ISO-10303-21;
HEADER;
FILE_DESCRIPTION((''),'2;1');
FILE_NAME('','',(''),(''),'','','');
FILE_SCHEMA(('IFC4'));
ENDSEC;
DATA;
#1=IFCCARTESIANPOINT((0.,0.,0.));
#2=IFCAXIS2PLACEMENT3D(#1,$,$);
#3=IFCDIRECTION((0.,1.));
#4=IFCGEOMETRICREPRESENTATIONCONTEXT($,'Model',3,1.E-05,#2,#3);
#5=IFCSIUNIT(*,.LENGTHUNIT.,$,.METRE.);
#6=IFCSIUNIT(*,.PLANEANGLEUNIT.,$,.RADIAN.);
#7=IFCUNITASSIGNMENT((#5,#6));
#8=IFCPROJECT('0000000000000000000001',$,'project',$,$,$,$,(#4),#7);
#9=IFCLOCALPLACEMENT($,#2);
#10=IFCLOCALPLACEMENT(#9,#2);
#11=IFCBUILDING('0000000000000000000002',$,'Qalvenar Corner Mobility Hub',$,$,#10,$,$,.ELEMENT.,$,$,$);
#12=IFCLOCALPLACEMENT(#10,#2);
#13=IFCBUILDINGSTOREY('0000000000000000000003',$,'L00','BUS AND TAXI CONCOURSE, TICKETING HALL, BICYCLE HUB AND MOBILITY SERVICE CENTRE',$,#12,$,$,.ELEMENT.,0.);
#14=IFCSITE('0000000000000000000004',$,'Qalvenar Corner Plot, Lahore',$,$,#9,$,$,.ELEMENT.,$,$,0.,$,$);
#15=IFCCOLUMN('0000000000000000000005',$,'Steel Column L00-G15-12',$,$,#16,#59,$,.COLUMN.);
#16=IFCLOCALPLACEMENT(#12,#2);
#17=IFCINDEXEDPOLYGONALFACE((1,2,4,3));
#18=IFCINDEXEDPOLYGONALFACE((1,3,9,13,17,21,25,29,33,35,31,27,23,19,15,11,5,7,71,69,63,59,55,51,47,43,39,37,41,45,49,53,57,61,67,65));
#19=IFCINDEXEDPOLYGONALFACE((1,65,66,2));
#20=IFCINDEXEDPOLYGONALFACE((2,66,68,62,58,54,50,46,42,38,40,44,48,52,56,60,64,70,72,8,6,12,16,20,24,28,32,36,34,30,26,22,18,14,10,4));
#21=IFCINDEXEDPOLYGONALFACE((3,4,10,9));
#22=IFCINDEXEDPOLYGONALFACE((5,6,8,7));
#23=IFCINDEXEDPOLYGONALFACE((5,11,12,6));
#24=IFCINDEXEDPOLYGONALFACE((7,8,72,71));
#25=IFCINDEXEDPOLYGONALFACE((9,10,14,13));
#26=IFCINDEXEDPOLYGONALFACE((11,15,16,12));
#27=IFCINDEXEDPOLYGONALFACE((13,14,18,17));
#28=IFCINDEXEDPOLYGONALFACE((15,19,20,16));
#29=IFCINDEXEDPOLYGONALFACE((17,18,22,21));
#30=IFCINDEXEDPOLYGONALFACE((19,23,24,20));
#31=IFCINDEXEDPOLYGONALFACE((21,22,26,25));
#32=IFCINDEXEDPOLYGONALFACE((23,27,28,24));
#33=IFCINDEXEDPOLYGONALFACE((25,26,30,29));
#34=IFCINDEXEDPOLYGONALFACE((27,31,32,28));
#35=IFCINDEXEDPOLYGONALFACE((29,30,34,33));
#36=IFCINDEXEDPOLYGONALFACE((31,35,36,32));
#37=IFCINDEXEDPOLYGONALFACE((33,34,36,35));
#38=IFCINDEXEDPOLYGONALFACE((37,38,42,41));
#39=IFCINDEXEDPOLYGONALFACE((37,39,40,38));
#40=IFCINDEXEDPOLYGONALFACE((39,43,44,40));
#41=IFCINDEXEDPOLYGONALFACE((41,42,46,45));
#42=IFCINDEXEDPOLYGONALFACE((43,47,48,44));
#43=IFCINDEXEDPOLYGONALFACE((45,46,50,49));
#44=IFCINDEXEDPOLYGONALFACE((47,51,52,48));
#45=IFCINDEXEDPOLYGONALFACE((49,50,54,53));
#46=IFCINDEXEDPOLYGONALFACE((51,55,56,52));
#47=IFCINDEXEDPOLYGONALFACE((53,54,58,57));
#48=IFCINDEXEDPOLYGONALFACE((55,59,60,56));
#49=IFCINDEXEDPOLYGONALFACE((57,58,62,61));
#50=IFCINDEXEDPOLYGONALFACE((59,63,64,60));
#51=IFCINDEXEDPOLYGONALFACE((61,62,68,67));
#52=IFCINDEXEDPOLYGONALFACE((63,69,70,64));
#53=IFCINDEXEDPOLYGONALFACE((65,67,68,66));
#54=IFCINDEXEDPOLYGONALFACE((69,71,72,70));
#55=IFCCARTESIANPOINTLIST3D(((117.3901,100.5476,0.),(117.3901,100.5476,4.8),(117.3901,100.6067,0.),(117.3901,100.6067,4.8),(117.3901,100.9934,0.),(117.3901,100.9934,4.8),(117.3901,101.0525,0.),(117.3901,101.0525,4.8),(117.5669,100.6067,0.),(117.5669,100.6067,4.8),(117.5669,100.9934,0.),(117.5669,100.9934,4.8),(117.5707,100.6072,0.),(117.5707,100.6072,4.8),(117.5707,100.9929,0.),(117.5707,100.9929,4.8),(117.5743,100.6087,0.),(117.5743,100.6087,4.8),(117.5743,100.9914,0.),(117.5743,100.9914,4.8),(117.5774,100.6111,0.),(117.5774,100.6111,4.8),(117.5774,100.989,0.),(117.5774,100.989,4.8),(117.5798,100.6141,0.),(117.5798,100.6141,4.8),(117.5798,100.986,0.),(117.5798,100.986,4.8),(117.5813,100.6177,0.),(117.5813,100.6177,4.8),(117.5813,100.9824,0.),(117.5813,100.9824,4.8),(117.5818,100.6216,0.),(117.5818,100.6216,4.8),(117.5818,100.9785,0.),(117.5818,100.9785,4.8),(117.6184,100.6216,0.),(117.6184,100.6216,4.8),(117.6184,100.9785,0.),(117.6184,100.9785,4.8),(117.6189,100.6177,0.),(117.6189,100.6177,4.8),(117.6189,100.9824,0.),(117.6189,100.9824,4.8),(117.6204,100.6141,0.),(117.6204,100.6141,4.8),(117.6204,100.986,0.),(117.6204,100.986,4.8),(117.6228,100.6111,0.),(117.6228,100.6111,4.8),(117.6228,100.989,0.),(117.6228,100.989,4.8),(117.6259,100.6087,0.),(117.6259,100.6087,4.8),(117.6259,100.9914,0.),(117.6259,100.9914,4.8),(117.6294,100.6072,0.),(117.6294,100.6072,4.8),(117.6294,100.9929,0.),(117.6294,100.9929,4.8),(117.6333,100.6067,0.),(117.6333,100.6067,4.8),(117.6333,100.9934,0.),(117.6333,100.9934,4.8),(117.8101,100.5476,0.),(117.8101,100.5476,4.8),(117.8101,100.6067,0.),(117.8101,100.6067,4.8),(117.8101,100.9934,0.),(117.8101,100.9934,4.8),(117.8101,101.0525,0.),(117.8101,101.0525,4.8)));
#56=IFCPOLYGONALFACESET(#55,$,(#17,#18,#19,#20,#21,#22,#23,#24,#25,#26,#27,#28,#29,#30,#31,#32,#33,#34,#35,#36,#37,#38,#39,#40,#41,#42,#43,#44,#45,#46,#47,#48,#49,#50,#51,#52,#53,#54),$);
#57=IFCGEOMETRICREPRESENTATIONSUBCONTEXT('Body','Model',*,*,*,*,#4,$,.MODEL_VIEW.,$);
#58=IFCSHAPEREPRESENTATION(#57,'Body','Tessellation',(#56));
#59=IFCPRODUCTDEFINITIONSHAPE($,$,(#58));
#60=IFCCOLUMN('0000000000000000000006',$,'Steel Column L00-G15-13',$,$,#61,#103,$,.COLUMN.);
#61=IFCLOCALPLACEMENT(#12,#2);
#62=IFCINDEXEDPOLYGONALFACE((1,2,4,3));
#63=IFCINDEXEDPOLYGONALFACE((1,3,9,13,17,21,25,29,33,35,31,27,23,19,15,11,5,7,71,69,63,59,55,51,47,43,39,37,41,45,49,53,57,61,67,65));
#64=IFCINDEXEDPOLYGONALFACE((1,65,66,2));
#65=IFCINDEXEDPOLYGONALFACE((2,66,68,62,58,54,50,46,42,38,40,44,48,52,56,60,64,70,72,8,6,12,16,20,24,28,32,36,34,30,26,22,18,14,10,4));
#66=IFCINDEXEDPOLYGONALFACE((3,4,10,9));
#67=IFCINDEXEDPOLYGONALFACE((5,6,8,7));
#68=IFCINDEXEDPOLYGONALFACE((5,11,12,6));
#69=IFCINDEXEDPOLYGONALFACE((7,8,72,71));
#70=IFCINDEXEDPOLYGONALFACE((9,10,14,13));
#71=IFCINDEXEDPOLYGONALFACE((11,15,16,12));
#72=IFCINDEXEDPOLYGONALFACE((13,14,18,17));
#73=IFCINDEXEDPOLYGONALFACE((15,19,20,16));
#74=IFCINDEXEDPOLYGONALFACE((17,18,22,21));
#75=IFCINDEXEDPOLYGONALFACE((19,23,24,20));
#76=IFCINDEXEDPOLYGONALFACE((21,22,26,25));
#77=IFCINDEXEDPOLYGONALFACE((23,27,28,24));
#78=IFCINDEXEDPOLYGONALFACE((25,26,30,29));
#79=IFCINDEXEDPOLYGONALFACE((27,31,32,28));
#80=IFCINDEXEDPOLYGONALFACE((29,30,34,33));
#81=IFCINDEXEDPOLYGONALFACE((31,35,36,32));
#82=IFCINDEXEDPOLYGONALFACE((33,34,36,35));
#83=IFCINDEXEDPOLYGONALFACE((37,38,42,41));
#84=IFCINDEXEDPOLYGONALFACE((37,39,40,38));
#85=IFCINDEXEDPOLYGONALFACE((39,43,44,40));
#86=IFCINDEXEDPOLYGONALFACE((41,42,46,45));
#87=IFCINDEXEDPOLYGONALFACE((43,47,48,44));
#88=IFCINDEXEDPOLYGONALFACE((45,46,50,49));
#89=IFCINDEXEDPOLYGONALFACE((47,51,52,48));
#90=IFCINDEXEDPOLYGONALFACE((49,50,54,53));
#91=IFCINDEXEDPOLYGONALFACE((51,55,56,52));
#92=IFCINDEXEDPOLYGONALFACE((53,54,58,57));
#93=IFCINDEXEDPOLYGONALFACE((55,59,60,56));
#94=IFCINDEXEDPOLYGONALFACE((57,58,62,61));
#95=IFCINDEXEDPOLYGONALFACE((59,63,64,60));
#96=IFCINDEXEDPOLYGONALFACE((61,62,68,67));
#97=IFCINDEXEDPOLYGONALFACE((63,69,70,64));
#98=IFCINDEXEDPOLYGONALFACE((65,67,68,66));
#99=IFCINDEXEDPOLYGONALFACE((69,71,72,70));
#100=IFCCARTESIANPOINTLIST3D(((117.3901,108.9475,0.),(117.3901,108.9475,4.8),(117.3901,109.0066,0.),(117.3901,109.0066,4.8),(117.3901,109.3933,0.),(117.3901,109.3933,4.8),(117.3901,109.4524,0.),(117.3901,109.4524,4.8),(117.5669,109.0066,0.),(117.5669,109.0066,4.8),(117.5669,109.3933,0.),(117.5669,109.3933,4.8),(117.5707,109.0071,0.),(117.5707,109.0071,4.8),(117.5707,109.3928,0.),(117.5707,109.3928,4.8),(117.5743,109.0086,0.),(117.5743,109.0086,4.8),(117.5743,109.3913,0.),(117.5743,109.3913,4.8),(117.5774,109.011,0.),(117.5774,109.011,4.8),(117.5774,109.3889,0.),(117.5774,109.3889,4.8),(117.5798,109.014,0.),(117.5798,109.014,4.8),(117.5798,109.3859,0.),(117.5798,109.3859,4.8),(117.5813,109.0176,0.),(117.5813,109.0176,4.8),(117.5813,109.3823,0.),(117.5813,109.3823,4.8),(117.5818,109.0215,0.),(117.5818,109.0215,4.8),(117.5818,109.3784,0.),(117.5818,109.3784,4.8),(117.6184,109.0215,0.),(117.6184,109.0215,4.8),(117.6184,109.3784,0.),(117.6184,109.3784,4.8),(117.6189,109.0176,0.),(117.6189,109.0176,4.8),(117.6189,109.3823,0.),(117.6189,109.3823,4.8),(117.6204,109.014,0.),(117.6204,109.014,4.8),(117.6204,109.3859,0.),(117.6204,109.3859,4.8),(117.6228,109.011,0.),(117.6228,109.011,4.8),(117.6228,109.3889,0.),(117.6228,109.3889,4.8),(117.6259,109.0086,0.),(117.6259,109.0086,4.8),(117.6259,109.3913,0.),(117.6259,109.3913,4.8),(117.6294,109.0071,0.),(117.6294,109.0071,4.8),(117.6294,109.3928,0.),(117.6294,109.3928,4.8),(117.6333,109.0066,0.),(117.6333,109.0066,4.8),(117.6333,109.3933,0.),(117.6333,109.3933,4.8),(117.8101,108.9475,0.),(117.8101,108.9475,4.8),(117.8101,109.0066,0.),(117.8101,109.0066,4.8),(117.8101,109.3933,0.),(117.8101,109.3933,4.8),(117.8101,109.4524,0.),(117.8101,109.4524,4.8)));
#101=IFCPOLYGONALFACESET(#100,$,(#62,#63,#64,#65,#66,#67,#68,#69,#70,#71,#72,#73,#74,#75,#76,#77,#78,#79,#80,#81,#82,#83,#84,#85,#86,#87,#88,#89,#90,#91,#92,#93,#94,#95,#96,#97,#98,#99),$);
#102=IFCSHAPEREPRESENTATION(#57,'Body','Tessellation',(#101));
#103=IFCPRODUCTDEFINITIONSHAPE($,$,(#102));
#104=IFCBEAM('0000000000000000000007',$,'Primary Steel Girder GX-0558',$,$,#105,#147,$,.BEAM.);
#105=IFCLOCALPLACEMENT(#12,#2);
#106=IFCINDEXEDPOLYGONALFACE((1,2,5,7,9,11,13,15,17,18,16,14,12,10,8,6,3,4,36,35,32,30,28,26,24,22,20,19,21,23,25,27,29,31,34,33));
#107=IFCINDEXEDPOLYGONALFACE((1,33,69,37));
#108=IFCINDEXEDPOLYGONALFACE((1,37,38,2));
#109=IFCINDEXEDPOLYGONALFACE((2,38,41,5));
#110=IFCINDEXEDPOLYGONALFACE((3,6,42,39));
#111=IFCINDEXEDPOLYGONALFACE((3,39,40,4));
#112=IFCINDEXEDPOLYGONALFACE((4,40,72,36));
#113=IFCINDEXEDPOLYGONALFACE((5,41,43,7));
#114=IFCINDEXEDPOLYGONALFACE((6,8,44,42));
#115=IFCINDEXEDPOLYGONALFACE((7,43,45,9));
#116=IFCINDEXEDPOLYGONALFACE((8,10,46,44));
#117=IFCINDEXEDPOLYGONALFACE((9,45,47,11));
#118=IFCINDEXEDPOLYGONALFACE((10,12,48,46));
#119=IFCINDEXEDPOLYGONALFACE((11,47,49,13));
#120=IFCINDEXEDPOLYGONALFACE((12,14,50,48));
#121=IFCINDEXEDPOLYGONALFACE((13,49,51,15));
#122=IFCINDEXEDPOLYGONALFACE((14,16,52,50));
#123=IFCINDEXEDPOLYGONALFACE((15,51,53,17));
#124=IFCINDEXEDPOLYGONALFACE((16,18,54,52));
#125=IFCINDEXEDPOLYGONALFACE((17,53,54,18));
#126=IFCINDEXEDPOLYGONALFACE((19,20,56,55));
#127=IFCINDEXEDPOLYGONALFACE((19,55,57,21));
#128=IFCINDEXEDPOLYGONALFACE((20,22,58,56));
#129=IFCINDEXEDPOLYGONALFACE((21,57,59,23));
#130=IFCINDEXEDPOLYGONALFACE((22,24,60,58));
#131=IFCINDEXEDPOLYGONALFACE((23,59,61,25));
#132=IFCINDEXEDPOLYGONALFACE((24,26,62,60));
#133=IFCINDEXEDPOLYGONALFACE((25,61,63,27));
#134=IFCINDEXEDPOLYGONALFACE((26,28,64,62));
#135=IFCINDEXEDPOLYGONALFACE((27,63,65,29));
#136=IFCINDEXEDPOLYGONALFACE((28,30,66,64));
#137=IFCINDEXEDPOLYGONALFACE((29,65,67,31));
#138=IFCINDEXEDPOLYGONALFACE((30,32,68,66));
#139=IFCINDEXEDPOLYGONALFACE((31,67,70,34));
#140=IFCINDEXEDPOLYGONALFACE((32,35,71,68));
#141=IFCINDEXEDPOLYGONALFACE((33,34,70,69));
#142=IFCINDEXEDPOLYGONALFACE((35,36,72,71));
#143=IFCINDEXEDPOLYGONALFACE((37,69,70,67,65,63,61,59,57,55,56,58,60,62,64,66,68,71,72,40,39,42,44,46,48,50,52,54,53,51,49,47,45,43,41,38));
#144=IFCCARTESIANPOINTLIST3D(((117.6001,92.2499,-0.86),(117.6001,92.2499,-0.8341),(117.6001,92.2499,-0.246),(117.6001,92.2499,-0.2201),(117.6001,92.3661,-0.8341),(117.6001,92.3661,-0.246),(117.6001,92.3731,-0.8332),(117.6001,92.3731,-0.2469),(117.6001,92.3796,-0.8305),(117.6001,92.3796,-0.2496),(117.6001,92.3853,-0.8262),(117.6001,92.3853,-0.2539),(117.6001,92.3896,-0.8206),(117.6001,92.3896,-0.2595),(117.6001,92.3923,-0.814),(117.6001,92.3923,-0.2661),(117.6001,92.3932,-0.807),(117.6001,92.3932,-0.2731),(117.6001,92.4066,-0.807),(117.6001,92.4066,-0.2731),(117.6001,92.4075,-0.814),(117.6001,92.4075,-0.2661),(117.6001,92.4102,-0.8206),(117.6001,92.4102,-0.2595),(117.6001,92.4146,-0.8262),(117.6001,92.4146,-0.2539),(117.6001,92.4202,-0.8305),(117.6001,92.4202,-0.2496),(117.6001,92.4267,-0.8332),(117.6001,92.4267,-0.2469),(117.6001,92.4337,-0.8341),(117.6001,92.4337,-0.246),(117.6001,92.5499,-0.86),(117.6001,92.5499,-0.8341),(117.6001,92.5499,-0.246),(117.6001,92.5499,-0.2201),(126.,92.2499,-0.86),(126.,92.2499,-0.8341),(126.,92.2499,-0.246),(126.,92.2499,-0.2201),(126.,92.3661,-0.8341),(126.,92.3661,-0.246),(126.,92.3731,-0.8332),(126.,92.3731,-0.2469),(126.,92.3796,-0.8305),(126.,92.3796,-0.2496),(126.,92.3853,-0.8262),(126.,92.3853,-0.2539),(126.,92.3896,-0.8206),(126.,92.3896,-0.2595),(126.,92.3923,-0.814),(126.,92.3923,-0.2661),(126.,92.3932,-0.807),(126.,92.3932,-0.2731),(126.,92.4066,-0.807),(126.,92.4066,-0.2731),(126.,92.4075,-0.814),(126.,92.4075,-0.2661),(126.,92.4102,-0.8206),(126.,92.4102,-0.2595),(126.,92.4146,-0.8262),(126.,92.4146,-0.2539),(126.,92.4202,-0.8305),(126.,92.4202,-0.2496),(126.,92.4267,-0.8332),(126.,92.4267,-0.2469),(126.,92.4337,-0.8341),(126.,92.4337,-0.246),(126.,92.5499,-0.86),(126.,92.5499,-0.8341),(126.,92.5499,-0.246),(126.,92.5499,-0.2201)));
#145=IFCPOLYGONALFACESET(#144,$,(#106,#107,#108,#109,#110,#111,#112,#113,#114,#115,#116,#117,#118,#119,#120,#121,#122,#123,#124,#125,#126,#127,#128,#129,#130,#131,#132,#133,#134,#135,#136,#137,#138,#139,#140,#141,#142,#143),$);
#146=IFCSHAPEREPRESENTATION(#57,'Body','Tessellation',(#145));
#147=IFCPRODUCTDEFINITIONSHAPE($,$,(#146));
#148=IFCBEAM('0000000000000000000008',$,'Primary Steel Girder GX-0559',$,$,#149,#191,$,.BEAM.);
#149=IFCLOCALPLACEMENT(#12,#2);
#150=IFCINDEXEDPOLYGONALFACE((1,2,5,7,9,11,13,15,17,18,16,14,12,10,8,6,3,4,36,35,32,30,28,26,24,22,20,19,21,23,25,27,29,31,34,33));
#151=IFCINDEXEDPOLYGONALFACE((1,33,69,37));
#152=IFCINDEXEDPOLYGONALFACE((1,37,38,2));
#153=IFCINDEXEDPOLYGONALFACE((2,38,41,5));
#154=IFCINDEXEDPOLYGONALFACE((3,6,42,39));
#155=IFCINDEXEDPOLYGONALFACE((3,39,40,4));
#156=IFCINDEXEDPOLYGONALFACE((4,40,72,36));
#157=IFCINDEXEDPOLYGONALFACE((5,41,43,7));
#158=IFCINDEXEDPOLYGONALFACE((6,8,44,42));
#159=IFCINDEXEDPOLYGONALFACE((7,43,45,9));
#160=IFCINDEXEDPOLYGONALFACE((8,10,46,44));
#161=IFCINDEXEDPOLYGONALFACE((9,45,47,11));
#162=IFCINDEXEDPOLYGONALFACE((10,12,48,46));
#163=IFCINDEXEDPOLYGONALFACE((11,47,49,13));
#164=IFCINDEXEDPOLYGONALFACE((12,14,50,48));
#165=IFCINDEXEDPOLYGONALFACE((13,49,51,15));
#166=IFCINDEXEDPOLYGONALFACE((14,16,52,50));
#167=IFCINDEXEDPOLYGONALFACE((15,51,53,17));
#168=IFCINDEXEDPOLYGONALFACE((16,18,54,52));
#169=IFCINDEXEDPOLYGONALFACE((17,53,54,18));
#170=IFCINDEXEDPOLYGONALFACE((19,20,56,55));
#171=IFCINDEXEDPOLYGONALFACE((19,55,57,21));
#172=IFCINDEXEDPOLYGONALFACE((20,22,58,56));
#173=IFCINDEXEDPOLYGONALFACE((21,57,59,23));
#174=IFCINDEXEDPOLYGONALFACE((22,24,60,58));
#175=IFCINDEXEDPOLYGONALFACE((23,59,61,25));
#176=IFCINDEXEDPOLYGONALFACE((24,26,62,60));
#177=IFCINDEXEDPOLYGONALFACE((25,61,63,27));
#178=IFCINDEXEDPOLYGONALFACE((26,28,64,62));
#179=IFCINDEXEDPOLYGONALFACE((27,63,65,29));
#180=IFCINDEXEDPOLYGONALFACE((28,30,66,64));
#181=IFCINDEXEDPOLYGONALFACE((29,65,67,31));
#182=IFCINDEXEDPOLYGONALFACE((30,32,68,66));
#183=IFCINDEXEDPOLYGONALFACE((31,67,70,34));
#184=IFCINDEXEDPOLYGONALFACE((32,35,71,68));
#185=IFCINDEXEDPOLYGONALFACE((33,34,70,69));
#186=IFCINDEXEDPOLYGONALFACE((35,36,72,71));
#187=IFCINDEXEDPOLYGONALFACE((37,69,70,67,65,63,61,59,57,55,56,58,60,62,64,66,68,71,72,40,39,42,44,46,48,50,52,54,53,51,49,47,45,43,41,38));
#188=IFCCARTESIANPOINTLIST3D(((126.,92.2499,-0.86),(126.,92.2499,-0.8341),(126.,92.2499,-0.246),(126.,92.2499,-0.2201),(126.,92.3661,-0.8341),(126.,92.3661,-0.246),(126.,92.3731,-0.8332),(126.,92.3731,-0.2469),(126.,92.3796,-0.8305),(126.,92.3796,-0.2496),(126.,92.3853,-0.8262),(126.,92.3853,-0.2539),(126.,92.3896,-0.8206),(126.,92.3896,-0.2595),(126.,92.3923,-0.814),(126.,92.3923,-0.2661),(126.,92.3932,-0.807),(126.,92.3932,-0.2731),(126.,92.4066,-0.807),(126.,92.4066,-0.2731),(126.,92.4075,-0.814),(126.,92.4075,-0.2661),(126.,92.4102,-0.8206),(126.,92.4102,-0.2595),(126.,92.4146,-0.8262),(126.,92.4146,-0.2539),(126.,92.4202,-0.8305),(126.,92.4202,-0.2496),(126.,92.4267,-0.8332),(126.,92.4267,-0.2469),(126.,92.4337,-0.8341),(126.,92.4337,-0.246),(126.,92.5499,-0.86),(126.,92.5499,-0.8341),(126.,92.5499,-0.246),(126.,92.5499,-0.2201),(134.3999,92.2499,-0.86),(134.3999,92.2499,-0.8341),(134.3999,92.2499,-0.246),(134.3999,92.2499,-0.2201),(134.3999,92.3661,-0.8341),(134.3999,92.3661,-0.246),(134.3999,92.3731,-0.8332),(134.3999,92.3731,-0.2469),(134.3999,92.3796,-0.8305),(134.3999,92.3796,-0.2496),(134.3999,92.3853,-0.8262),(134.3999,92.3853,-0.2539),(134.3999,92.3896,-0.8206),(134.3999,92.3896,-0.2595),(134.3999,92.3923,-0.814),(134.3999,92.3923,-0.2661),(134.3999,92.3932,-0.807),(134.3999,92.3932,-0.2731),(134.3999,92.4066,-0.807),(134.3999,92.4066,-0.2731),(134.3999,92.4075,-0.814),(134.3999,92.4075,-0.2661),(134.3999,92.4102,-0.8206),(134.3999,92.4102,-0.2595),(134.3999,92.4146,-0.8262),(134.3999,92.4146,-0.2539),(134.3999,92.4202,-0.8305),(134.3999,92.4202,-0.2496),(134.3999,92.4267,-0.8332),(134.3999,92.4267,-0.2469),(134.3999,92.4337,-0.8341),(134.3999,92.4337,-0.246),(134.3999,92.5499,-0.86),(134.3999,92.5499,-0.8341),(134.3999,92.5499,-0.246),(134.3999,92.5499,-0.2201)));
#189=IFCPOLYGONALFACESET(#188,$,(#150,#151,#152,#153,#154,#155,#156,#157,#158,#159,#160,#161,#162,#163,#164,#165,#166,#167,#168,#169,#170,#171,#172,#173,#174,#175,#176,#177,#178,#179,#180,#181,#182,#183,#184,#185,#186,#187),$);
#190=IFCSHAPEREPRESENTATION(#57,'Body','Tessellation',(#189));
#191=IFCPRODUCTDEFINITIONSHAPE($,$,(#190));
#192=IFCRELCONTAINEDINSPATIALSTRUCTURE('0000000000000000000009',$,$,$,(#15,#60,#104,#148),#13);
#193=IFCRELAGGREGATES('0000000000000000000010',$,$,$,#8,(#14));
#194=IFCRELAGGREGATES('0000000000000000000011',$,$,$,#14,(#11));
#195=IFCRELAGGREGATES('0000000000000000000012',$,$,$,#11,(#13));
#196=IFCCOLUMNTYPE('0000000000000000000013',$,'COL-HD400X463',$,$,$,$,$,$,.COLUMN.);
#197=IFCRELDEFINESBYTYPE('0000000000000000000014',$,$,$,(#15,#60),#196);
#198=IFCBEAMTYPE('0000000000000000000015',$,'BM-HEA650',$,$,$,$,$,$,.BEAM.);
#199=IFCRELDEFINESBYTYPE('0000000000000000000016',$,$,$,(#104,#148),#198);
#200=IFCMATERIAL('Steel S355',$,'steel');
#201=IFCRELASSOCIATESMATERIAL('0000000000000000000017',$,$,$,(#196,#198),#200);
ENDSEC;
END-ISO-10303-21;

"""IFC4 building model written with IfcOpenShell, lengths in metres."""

from ifc_helpers import new_model, si_unit, direction, frame, origin, origin_2d, place, context, subcontext, project, spatial, i_section, extrude, material, material_profile, profile_set, type_object, element, save


model = new_model("IFC4")

# Units and contexts
model_context = context("Model", 3, precision=1e-05, world=origin(), true_north=direction((0.0, 1.0)))
body_context = subcontext(model_context, "Body", "Model", "MODEL_VIEW")
ifc_project = project(units=[si_unit("LENGTHUNIT", "METRE"), si_unit("PLANEANGLEUNIT", "RADIAN")], contexts=[model_context])

# Site, building, storey
site_placement = place(None, origin())
site = spatial("IfcSite", under=ifc_project, at=site_placement, Name="Qalvenar Corner Plot, Lahore", CompositionType="ELEMENT", RefElevation=0.0)
building_placement = place(site_placement, origin())
building = spatial("IfcBuilding", under=site, at=building_placement, Name="Qalvenar Corner Mobility Hub", CompositionType="ELEMENT")
storey_placement = place(building_placement, origin())
storey = spatial("IfcBuildingStorey", under=building, at=storey_placement, Name="L00", Description="BUS AND TAXI CONCOURSE, TICKETING HALL, BICYCLE HUB AND MOBILITY SERVICE CENTRE", CompositionType="ELEMENT", Elevation=0.0)

# Columns
ifc_material = material(Name="Steel S355", Category="steel")
ifc_material_profile_1 = material_profile(ifc_material, i_section(OverallWidth=0.4199, OverallDepth=0.5049, WebThickness=0.0366, FlangeThickness=0.0591, FilletRadius=0.0149, at=origin_2d()), Name="HD400x551")
ifc_profile_set_1 = profile_set([ifc_material_profile_1], Name="Steel S355")
column_type_1 = type_object("IfcColumnType", Name="COL-HD400X463", PredefinedType="COLUMN", material=ifc_profile_set_1)
for number, where, z_axis, x_axis, name in (
    (1, (117.6001, 100.8, 0.0), (0.0, 0.0, 1.0), (1.0, 0.0, 0.0), "Steel Column L00-G15-12"),
    (2, (117.6001, 109.2, 0.0), (0.0, 0.0, 1.0), (1.0, 0.0, 0.0), "Steel Column L00-G15-13"),
):
    element("IfcColumn", number, at=place(storey_placement, frame(where, z_axis=z_axis, x_axis=x_axis)), inside=storey, type_object=column_type_1, Name=name, PredefinedType="COLUMN", context=body_context, shape_type="SweptSolid", body=[
        extrude(i_section(OverallWidth=0.4199, OverallDepth=0.5049, WebThickness=0.0366, FlangeThickness=0.0591, FilletRadius=0.0149, at=origin_2d()), origin(), (0.0, 0.0, 1.0), 4.8),
    ])

# Beams
ifc_material_profile_2 = material_profile(ifc_material, i_section(OverallWidth=0.3, OverallDepth=0.6399, WebThickness=0.0134, FlangeThickness=0.0259, FilletRadius=0.0271, at=origin_2d()), Name="HEA650")
ifc_profile_set_2 = profile_set([ifc_material_profile_2], Name="Steel S355")
beam_type_1 = type_object("IfcBeamType", Name="BM-HEA650", PredefinedType="BEAM", material=ifc_profile_set_2)
for number, where, z_axis, x_axis, name in (
    (3, (117.6001, 92.3999, -0.54), (1.0, 0.0, 0.0), (0.0, 1.0, 0.0), "Primary Steel Girder GX-0558"),
    (4, (126.0, 92.3999, -0.54), (1.0, 0.0, 0.0), (0.0, 1.0, 0.0), "Primary Steel Girder GX-0559"),
):
    element("IfcBeam", number, at=place(storey_placement, frame(where, z_axis=z_axis, x_axis=x_axis)), inside=storey, type_object=beam_type_1, Name=name, PredefinedType="BEAM", context=body_context, shape_type="SweptSolid", body=[
        extrude(i_section(OverallWidth=0.3, OverallDepth=0.6399, WebThickness=0.0134, FlangeThickness=0.0259, FilletRadius=0.0271, at=origin_2d()), origin(), (0.0, 0.0, 1.0), 8.3999),
    ])

save(model, "model.ifc")
